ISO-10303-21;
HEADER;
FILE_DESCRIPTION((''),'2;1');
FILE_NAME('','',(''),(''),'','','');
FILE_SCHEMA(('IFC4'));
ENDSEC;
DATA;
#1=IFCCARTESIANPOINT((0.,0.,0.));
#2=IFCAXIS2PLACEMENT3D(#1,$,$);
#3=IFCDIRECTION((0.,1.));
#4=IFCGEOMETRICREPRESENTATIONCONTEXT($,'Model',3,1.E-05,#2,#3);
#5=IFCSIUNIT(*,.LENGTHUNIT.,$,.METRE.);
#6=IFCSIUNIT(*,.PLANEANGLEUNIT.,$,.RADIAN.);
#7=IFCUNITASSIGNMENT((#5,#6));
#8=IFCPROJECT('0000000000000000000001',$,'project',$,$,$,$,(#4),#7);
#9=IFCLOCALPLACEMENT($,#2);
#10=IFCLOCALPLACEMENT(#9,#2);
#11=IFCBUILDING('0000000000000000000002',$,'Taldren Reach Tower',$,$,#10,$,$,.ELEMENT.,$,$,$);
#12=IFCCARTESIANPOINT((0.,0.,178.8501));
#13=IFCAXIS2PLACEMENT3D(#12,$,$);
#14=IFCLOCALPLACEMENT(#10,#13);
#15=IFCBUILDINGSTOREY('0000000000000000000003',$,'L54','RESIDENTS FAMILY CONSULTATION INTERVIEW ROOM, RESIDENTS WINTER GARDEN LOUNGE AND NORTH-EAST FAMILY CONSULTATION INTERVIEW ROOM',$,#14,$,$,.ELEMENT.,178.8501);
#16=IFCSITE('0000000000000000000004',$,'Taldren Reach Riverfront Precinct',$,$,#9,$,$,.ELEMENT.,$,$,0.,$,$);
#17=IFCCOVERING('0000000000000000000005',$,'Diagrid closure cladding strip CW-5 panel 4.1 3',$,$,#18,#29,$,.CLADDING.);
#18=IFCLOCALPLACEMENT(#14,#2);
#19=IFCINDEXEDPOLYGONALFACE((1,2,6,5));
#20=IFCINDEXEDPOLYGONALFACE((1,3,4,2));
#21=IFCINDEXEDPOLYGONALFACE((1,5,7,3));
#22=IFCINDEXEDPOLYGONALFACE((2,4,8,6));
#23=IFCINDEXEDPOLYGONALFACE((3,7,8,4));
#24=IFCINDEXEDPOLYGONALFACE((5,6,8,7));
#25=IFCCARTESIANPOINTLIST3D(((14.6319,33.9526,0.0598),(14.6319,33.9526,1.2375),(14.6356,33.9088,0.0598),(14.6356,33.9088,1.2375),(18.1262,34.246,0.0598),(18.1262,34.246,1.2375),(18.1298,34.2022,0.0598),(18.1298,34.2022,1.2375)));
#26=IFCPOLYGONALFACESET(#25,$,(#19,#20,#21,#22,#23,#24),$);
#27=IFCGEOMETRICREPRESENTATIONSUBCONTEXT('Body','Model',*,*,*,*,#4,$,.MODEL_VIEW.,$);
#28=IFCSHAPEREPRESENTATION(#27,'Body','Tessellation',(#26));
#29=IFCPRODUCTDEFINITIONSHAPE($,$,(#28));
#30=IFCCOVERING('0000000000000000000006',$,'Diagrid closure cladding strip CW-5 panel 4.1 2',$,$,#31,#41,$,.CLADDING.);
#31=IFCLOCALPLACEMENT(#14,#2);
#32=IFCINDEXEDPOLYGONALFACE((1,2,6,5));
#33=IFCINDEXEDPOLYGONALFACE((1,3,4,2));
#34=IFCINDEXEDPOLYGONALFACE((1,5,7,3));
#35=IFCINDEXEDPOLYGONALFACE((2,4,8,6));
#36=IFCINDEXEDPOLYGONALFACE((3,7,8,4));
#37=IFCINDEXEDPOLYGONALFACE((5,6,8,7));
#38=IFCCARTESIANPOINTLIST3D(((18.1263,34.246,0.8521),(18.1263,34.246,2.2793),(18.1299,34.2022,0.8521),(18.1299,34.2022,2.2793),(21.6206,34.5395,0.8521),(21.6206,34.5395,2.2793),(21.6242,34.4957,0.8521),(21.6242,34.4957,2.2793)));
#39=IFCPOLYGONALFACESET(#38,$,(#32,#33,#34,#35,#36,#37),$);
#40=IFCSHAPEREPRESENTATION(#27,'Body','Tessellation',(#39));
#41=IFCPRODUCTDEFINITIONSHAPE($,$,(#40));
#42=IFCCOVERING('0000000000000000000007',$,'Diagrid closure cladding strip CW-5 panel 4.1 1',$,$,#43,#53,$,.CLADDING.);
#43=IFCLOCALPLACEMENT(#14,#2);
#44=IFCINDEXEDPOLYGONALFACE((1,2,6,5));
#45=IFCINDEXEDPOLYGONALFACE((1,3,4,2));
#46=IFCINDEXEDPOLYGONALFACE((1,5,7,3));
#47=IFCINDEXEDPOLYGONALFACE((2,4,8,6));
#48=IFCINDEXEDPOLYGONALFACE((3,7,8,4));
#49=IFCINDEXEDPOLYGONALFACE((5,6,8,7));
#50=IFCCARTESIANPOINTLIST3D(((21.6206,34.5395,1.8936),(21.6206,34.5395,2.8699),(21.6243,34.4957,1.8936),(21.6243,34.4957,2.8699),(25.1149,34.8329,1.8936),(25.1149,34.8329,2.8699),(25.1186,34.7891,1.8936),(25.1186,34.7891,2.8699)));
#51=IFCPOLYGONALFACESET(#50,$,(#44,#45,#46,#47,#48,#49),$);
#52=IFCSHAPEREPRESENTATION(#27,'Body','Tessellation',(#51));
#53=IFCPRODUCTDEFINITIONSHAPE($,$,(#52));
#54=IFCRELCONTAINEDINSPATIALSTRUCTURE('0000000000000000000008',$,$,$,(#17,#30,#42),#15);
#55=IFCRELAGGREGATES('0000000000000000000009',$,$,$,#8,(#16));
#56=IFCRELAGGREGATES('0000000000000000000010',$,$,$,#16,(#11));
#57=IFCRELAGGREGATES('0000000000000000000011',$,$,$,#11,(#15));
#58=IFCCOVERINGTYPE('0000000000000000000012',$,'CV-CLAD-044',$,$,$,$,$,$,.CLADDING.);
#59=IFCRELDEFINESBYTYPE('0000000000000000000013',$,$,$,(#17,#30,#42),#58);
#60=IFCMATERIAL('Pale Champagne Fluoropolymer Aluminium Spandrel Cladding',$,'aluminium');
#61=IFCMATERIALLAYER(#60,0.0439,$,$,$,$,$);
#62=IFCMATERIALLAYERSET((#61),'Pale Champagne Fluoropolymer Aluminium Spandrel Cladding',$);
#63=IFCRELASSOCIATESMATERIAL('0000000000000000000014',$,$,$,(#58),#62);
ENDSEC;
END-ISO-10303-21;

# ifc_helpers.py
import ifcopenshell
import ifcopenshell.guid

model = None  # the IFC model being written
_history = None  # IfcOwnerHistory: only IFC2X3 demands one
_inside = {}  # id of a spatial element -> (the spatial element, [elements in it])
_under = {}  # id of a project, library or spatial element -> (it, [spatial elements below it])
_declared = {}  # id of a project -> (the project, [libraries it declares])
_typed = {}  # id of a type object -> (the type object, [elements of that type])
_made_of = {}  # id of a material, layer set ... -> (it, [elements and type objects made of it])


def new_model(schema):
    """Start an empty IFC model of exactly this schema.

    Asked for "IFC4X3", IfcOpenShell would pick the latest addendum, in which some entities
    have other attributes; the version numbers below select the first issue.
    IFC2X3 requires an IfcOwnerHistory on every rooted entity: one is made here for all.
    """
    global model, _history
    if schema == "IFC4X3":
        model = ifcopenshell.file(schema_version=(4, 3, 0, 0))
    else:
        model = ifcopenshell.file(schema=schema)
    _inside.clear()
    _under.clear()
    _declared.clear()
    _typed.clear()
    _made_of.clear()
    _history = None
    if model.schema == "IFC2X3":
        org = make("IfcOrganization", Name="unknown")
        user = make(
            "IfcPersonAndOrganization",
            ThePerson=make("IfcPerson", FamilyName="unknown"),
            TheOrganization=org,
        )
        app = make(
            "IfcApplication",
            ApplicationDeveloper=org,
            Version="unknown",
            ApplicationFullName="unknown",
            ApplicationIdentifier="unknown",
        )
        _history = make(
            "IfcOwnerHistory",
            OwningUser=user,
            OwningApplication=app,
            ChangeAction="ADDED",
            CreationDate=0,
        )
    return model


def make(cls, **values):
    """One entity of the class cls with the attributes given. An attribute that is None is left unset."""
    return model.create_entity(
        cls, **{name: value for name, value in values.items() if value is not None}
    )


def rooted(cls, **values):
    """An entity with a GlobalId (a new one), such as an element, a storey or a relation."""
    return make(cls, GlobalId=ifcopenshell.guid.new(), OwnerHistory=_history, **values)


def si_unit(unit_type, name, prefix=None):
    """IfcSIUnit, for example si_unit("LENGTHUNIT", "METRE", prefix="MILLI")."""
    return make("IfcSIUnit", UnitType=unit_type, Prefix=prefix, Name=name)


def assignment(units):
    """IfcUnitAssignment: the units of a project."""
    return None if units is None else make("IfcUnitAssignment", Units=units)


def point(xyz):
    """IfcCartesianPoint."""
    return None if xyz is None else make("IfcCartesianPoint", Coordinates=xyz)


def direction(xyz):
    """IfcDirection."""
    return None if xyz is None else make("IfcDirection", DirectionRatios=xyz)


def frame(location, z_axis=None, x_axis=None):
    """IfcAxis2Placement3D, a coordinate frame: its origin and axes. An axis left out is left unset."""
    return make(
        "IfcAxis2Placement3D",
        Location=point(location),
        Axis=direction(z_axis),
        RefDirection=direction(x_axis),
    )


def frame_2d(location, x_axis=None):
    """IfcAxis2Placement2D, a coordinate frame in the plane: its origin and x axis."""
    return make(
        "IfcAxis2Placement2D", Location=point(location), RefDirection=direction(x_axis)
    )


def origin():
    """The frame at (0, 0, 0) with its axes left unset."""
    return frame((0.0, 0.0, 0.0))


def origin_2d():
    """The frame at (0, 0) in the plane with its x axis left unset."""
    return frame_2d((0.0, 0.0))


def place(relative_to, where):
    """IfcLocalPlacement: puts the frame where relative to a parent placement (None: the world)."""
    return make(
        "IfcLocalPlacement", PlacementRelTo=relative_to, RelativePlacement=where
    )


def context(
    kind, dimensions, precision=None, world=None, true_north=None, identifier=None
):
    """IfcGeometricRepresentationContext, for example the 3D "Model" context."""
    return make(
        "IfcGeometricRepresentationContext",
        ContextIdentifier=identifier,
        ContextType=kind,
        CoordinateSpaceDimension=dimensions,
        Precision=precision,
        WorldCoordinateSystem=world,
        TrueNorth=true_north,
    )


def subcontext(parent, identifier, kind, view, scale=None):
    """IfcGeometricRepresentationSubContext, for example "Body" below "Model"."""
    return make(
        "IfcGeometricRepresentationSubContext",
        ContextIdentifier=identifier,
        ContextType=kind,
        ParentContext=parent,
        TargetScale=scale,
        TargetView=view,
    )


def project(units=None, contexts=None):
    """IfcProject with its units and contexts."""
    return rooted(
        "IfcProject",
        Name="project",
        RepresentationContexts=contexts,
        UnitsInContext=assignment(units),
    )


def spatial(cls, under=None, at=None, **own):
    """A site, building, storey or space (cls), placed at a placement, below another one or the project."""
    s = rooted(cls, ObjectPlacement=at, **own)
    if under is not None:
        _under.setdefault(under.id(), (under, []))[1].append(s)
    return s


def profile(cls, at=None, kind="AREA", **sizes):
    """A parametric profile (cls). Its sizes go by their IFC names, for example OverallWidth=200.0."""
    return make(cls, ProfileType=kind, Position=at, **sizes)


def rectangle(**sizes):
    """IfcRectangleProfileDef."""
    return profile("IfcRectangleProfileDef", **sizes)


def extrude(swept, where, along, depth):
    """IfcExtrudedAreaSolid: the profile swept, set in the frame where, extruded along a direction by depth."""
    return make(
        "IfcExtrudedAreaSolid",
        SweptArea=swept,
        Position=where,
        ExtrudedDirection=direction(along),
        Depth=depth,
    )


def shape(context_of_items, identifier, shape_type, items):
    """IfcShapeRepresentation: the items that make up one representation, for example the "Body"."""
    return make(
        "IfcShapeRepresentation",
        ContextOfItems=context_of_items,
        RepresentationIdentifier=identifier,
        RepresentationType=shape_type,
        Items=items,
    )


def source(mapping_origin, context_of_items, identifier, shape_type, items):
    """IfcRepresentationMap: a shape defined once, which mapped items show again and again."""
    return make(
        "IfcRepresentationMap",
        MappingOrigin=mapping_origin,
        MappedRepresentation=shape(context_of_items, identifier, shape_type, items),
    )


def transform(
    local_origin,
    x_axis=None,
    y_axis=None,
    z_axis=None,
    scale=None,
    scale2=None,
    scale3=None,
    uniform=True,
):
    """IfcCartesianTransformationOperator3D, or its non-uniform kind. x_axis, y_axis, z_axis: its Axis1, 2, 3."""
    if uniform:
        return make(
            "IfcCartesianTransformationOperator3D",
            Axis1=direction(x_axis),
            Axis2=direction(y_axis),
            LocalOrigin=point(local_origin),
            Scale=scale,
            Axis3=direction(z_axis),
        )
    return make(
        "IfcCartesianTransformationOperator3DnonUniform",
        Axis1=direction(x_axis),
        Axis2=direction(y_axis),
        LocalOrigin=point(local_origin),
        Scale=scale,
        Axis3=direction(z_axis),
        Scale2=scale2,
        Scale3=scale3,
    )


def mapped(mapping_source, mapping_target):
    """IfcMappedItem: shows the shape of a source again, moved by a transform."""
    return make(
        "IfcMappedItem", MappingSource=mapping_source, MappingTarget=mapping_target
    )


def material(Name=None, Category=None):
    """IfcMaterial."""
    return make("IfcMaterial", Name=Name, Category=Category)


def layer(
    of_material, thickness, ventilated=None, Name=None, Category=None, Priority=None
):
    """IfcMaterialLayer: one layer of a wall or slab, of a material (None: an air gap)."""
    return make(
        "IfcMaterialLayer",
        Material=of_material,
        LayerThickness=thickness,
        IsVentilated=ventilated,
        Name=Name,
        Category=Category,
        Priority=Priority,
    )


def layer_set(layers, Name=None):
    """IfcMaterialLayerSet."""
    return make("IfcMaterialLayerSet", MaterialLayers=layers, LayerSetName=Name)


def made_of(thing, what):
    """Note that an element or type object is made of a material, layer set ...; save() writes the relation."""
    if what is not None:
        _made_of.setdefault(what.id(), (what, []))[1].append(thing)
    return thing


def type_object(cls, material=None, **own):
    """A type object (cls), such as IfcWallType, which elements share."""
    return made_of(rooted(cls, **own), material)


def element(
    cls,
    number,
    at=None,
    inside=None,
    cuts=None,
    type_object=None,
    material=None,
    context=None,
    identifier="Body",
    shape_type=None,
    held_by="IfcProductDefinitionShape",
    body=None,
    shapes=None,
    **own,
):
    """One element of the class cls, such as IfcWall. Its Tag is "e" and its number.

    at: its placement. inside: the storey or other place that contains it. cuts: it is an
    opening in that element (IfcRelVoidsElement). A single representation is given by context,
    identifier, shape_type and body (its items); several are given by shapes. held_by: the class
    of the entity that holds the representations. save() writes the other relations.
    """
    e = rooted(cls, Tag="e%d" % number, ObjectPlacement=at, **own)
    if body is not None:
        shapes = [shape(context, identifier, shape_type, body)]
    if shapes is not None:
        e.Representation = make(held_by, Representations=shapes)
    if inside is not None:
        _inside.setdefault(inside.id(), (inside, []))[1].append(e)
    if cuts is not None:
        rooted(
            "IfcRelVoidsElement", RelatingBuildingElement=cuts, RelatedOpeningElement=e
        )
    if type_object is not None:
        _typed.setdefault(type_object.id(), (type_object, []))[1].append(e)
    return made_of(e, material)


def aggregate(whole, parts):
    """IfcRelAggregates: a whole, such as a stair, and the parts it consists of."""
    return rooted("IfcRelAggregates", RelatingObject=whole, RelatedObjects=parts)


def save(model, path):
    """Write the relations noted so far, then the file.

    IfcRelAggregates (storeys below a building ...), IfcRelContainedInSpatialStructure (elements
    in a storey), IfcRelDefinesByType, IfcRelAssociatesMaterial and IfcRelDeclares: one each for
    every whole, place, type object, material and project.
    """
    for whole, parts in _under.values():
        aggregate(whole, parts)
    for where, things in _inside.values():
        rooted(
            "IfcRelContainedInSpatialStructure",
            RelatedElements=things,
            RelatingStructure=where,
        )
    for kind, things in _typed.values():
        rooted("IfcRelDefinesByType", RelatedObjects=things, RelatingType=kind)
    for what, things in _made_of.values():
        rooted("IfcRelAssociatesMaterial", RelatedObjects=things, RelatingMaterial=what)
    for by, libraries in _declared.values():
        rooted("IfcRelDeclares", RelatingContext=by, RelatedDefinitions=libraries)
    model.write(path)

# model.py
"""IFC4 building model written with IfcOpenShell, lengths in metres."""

from ifc_helpers import new_model, si_unit, direction, frame, origin, origin_2d, place, context, subcontext, project, spatial, rectangle, extrude, source, transform, mapped, material, layer, layer_set, type_object, element, save


model = new_model("IFC4")

# Units and contexts
model_context = context("Model", 3, precision=1e-05, world=origin(), true_north=direction((0.0, 1.0)))
body_context = subcontext(model_context, "Body", "Model", "MODEL_VIEW")
ifc_project = project(units=[si_unit("LENGTHUNIT", "METRE"), si_unit("PLANEANGLEUNIT", "RADIAN")], contexts=[model_context])

# Site, building, storey
site_placement = place(None, origin())
site = spatial("IfcSite", under=ifc_project, at=site_placement, Name="Taldren Reach Riverfront Precinct", CompositionType="ELEMENT", RefElevation=0.0)
building_placement = place(site_placement, origin())
building = spatial("IfcBuilding", under=site, at=building_placement, Name="Taldren Reach Tower", CompositionType="ELEMENT")
storey_placement = place(building_placement, frame((0.0, 0.0, 178.8501)))
storey = spatial("IfcBuildingStorey", under=building, at=storey_placement, Name="L54", Description="RESIDENTS FAMILY CONSULTATION INTERVIEW ROOM, RESIDENTS WINTER GARDEN LOUNGE AND NORTH-EAST FAMILY CONSULTATION INTERVIEW ROOM", CompositionType="ELEMENT", Elevation=178.8501)

# Coverings
ifc_material_1 = material(Name="Pale Champagne Fluoropolymer Aluminium Spandrel Cladding", Category="aluminium")
ifc_layer_1 = layer(ifc_material_1, 0.0439)
ifc_layer_set_1 = layer_set([ifc_layer_1], Name="Pale Champagne Fluoropolymer Aluminium Spandrel Cladding")
covering_type = type_object("IfcCoveringType", Name="CV-CLAD-044", PredefinedType="CLADDING", material=ifc_layer_set_1)
shared_shape_1 = source(origin(), body_context, "Body", "SweptSolid", [
    extrude(rectangle(XDim=3.5066, YDim=0.0439, at=origin_2d()), origin(), (0.0, 0.0, 1.0), 1.1777),
])
covering_1_placement = place(storey_placement, frame((16.3809, 34.0774, 0.0598), z_axis=(0.0, 0.0, 1.0), x_axis=(-0.996493, -0.083678, 0.0)))
element("IfcCovering", 1, at=covering_1_placement, inside=storey, type_object=covering_type, Name="Diagrid closure cladding strip CW-5 panel 4.1 3", PredefinedType="CLADDING", context=body_context, shape_type="MappedRepresentation", body=[
    mapped(shared_shape_1, transform((0.0, 0.0, 0.0), scale=1.0)),
])
shared_shape_2 = source(origin(), body_context, "Body", "SweptSolid", [
    extrude(rectangle(XDim=3.5066, YDim=0.0439, at=origin_2d()), origin(), (0.0, 0.0, 1.0), 1.4272),
])
covering_2_placement = place(storey_placement, frame((19.8752, 34.3708, 0.8521), z_axis=(0.0, 0.0, 1.0), x_axis=(-0.996493, -0.083678, 0.0)))
element("IfcCovering", 2, at=covering_2_placement, inside=storey, type_object=covering_type, Name="Diagrid closure cladding strip CW-5 panel 4.1 2", PredefinedType="CLADDING", context=body_context, shape_type="MappedRepresentation", body=[
    mapped(shared_shape_2, transform((0.0, 0.0, 0.0), scale=1.0)),
])
shared_shape_3 = source(origin(), body_context, "Body", "SweptSolid", [
    extrude(rectangle(XDim=3.5066, YDim=0.0439, at=origin_2d()), origin(), (0.0, 0.0, 1.0), 0.9763),
])
covering_3_placement = place(storey_placement, frame((23.3696, 34.6643, 1.8936), z_axis=(0.0, 0.0, 1.0), x_axis=(-0.996493, -0.083678, 0.0)))
element("IfcCovering", 3, at=covering_3_placement, inside=storey, type_object=covering_type, Name="Diagrid closure cladding strip CW-5 panel 4.1 1", PredefinedType="CLADDING", context=body_context, shape_type="MappedRepresentation", body=[
    mapped(shared_shape_3, transform((0.0, 0.0, 0.0), scale=1.0)),
])

save(model, "model.ifc")
